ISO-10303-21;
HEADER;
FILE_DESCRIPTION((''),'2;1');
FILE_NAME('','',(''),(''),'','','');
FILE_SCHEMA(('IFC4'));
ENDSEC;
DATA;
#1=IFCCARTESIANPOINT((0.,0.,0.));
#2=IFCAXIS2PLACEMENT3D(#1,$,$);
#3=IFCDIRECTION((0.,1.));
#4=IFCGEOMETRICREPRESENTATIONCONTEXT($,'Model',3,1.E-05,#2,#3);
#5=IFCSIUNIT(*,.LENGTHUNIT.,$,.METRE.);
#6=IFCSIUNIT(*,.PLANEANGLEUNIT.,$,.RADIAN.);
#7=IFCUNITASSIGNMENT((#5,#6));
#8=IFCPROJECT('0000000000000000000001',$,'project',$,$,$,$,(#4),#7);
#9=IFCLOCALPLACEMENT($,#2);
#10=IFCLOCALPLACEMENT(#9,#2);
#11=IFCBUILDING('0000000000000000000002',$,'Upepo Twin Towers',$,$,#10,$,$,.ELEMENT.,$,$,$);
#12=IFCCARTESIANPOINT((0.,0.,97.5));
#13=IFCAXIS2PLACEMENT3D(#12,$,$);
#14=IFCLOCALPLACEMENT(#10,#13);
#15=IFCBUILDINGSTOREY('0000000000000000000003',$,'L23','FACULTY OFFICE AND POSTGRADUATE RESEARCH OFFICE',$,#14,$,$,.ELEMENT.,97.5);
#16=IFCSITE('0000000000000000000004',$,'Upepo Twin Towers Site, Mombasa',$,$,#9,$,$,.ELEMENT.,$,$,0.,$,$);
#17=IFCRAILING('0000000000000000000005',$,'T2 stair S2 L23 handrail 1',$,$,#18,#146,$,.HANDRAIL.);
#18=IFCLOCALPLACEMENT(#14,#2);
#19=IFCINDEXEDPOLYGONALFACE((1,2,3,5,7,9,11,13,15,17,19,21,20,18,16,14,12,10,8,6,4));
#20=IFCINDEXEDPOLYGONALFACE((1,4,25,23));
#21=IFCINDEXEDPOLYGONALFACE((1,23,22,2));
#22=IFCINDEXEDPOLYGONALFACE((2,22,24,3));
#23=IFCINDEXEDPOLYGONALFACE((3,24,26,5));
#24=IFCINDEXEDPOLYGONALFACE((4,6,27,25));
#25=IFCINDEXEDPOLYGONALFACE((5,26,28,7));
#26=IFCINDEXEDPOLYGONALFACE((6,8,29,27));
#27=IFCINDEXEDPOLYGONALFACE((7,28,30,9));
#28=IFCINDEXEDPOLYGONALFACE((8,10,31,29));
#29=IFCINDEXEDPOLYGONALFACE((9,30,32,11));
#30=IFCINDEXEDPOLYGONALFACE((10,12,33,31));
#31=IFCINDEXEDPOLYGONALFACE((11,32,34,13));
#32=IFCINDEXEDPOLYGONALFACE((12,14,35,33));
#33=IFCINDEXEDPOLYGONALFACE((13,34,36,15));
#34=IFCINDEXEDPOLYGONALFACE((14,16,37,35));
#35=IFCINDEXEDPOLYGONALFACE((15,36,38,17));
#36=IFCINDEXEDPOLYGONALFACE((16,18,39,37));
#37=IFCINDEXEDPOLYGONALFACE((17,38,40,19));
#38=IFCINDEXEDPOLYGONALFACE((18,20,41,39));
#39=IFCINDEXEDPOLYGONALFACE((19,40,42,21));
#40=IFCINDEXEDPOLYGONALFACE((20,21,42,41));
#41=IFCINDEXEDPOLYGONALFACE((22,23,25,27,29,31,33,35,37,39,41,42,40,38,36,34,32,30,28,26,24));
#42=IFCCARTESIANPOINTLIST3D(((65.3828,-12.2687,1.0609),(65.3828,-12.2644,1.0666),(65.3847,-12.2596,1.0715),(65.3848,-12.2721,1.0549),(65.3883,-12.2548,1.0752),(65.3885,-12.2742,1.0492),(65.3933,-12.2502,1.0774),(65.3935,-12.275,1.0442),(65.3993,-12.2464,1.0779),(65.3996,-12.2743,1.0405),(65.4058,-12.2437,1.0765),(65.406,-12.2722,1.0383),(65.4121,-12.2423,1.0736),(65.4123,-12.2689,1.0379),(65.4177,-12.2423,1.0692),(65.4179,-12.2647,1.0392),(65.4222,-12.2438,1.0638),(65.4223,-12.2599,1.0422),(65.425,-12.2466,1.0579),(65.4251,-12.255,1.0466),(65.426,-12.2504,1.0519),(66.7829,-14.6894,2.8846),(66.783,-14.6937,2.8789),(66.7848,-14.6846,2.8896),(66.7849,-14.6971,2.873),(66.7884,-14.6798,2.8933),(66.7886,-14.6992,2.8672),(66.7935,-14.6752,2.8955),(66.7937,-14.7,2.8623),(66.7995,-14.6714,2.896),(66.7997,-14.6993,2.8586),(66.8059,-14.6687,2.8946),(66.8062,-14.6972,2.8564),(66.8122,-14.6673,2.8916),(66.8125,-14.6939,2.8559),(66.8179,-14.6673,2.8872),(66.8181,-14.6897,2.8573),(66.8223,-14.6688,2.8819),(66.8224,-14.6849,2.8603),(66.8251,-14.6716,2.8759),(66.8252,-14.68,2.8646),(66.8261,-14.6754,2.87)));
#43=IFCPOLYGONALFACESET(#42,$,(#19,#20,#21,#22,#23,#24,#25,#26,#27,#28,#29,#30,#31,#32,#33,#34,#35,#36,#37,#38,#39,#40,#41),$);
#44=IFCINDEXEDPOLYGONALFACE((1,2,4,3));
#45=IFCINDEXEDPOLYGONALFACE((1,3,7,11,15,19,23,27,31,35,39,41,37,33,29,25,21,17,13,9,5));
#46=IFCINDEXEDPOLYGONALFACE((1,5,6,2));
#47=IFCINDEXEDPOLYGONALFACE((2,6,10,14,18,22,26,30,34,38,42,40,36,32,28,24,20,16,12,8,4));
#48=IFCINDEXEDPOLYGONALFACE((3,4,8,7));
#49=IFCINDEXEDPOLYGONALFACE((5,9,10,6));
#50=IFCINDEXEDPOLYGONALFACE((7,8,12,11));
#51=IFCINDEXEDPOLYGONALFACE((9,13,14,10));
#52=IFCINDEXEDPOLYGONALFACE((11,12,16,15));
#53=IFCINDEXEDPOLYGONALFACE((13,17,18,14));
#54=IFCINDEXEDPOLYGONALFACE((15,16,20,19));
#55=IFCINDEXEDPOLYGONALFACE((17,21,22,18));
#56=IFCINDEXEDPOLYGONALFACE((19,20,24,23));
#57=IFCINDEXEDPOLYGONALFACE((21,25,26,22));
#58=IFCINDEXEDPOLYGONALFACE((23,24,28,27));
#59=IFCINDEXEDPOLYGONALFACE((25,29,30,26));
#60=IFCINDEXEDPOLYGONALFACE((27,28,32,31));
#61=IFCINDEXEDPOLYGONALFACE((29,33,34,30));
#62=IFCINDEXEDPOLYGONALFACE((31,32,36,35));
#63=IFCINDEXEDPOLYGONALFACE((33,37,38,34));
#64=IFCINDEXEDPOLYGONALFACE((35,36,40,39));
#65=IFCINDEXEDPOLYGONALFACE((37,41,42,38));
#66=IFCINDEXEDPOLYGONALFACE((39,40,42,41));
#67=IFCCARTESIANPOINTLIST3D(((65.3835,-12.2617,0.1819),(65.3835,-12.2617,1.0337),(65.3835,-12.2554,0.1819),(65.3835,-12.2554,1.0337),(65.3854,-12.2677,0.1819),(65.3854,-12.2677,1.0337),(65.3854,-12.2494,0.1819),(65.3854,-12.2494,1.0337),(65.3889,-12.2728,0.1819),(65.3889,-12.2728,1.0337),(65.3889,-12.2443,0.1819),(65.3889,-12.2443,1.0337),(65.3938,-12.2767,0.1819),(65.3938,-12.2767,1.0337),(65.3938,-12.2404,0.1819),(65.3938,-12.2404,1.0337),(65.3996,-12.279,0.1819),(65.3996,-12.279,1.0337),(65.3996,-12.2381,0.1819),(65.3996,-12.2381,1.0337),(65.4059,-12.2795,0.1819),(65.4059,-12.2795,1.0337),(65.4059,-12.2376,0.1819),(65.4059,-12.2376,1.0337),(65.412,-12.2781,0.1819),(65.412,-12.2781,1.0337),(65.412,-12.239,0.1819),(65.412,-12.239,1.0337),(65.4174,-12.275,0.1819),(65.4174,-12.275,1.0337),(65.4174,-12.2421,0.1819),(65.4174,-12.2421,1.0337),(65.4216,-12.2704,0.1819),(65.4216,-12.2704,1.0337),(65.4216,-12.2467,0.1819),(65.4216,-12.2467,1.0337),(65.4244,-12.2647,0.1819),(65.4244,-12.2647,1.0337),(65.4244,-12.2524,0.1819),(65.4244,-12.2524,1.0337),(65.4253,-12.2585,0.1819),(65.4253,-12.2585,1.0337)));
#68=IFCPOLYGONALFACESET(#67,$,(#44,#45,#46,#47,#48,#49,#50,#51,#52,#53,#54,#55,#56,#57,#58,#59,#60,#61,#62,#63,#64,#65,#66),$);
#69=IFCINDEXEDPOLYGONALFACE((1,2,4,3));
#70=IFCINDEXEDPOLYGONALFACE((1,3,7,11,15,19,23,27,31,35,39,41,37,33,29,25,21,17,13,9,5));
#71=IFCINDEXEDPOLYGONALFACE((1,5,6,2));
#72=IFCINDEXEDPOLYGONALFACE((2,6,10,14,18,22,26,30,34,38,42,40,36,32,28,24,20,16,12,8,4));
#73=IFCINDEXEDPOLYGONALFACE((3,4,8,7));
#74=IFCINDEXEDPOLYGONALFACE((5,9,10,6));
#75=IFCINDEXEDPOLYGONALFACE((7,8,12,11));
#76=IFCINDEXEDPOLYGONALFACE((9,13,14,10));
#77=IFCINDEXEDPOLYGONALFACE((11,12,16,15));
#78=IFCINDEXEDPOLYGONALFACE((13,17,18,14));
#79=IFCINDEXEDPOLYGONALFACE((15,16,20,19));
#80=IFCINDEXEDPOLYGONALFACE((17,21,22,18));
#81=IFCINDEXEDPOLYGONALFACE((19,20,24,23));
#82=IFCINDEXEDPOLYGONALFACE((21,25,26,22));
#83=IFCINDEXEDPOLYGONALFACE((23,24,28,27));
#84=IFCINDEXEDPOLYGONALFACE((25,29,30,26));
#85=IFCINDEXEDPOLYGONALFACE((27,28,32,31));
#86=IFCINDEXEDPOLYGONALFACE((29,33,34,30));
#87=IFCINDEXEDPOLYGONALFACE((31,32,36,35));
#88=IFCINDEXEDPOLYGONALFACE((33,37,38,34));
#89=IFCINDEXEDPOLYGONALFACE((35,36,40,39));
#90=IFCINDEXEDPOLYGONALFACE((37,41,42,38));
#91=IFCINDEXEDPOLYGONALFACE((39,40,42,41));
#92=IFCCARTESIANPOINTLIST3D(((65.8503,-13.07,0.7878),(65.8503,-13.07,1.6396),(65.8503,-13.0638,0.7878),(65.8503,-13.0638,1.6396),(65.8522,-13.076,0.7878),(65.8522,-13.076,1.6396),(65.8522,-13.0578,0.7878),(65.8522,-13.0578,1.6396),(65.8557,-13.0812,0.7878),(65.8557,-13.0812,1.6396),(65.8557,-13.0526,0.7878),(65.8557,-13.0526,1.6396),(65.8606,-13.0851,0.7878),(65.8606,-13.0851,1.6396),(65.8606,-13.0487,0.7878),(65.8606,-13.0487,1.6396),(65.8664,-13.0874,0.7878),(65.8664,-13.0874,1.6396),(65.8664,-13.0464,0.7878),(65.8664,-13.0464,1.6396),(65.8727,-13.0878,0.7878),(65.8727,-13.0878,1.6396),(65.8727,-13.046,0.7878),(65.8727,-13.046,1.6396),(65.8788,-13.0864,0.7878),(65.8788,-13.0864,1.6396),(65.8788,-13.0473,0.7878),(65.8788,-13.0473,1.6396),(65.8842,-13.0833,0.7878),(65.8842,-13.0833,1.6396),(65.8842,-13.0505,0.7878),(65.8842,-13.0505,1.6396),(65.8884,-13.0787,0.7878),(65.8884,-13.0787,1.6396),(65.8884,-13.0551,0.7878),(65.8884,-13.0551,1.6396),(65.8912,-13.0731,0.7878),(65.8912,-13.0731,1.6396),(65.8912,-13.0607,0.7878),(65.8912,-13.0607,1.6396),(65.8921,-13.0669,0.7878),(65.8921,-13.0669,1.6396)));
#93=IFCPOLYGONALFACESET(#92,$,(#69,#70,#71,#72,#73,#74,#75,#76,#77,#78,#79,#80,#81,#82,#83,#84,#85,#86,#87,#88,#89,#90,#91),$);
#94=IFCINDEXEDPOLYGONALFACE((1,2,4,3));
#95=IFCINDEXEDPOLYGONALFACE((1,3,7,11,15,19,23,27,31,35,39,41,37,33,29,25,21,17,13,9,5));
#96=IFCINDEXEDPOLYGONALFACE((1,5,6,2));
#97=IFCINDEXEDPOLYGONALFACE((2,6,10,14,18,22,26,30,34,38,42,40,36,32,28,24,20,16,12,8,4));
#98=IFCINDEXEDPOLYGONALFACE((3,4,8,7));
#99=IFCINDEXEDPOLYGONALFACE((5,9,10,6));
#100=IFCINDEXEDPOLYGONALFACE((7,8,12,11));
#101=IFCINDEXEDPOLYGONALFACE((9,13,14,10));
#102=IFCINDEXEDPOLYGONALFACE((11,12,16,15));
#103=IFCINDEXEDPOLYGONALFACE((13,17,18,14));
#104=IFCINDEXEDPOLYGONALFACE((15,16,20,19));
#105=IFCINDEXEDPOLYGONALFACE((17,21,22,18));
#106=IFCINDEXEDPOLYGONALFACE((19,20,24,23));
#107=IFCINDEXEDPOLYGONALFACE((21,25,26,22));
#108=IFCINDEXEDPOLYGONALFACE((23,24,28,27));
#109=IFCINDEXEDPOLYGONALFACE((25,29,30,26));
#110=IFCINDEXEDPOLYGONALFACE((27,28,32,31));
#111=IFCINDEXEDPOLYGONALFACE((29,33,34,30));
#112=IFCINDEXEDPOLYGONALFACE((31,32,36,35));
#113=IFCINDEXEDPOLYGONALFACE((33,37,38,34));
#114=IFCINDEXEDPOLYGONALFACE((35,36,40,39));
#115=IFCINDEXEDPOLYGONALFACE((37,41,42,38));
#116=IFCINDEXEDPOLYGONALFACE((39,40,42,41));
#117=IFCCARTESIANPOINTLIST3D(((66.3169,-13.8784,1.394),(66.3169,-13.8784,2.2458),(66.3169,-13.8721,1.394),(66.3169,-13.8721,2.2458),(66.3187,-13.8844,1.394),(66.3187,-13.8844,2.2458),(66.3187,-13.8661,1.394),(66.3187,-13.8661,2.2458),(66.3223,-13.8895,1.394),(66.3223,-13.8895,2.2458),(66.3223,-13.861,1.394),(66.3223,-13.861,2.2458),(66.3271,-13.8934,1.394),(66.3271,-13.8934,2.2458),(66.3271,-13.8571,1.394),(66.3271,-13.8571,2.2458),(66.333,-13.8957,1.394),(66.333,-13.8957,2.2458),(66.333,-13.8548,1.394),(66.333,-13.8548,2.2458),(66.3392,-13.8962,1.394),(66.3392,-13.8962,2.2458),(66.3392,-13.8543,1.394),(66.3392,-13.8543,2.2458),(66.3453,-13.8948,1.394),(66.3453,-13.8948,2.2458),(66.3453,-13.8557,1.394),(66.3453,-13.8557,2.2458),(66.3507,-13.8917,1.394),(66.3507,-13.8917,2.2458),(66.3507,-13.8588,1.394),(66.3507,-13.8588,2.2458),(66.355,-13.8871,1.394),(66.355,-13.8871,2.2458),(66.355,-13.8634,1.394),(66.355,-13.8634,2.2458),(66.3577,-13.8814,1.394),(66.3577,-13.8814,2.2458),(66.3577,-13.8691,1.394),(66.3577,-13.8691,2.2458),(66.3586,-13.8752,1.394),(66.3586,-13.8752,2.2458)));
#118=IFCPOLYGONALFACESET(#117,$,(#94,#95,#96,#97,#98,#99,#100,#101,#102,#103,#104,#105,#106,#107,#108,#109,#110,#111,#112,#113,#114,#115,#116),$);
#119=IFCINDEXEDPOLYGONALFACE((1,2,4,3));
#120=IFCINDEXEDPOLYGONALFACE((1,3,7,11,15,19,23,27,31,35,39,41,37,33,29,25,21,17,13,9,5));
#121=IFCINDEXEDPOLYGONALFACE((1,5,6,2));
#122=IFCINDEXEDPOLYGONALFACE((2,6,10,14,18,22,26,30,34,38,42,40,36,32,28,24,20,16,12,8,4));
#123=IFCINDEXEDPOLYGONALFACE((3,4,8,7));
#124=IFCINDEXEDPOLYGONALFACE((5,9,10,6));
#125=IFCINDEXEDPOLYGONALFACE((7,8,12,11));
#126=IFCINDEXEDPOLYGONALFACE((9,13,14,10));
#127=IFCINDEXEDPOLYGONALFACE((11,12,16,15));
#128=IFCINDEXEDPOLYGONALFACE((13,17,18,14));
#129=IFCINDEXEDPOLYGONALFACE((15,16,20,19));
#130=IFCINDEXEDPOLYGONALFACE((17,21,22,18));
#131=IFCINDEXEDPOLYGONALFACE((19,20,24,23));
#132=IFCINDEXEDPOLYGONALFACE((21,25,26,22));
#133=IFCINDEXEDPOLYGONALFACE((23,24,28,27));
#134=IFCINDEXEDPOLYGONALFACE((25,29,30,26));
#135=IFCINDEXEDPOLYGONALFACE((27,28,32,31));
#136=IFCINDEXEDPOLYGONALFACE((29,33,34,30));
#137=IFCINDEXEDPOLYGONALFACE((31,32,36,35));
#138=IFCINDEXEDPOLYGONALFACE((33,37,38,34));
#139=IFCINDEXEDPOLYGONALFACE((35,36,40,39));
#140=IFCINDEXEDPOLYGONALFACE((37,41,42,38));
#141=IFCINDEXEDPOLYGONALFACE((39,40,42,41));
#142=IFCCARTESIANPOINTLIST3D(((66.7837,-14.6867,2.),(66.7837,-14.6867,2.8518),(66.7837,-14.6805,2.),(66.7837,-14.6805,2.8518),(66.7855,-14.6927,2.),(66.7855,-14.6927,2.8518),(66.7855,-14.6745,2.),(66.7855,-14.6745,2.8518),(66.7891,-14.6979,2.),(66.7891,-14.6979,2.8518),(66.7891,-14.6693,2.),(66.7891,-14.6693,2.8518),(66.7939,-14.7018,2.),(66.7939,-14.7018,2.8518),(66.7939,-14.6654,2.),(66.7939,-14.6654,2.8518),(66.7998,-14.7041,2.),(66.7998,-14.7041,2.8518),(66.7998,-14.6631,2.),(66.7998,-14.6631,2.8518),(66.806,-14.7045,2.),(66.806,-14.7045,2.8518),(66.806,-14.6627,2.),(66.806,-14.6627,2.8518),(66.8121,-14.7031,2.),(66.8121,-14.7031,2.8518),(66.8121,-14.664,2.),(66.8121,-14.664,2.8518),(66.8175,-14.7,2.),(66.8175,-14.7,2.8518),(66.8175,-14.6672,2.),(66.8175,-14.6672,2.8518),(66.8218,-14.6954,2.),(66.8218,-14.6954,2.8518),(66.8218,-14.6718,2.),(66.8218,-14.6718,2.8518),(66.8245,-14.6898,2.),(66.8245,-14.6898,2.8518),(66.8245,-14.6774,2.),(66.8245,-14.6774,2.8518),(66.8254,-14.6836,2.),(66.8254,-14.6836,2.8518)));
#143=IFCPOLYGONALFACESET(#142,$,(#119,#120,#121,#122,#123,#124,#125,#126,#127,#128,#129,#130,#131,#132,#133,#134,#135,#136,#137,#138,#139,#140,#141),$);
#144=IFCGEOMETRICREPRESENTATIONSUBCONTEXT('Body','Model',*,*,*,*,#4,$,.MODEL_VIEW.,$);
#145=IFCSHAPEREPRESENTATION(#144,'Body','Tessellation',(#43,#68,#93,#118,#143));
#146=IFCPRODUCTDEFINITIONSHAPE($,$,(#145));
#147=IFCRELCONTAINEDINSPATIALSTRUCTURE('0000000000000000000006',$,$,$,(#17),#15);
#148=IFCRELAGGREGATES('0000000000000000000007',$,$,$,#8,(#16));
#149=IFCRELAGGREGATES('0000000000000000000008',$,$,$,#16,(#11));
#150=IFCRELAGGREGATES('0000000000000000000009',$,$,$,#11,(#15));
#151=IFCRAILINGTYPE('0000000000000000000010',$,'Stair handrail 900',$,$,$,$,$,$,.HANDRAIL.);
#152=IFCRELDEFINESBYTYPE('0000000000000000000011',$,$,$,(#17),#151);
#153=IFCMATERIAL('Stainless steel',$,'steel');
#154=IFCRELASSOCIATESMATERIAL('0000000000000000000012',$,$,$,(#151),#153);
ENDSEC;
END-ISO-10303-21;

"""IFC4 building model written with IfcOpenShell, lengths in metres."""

from ifc_helpers import new_model, si_unit, direction, frame, origin, origin_2d, place, context, subcontext, project, spatial, circle, extrude, material, type_object, element, save


model = new_model("IFC4")

# Units and contexts
model_context = context("Model", 3, precision=1e-05, world=origin(), true_north=direction((0.0, 1.0)))
body_context = subcontext(model_context, "Body", "Model", "MODEL_VIEW")
ifc_project = project(units=[si_unit("LENGTHUNIT", "METRE"), si_unit("PLANEANGLEUNIT", "RADIAN")], contexts=[model_context])

# Site, building, storey
site_placement = place(None, origin())
site = spatial("IfcSite", under=ifc_project, at=site_placement, Name="Upepo Twin Towers Site, Mombasa", CompositionType="ELEMENT", RefElevation=0.0)
building_placement = place(site_placement, origin())
building = spatial("IfcBuilding", under=site, at=building_placement, Name="Upepo Twin Towers", CompositionType="ELEMENT")
storey_placement = place(building_placement, frame((0.0, 0.0, 97.5)))
storey = spatial("IfcBuildingStorey", under=building, at=storey_placement, Name="L23", Description="FACULTY OFFICE AND POSTGRADUATE RESEARCH OFFICE", CompositionType="ELEMENT", Elevation=97.5)

# Railing
ifc_material_1 = material(Name="Stainless steel", Category="steel")
railing_type = type_object("IfcRailingType", Name="Stair handrail 900", PredefinedType="HANDRAIL", material=ifc_material_1)
railing_1_placement = place(storey_placement, frame((65.4043, -12.2585, 0.1819)))
element("IfcRailing", 1, at=railing_1_placement, inside=storey, type_object=railing_type, Name="T2 stair S2 L23 handrail 1", PredefinedType="HANDRAIL", context=body_context, shape_type="SweptSolid", body=[
    extrude(circle(Radius=0.0239, at=origin_2d()), frame((0.0, 0.0, 0.876), z_axis=(0.419371, -0.726349, 0.54456), x_axis=(0.866019, 0.500012, 0.0)), (0.0, 0.0, 1.0), 3.3386),
    extrude(circle(Radius=0.021, at=origin_2d()), origin(), (0.0, 0.0, 1.0), 0.8518),
    extrude(circle(Radius=0.021, at=origin_2d()), frame((0.4668, -0.8083, 0.606)), (0.0, 0.0, 1.0), 0.8518),
    extrude(circle(Radius=0.021, at=origin_2d()), frame((0.9333, -1.6167, 1.2122)), (0.0, 0.0, 1.0), 0.8518),
    extrude(circle(Radius=0.021, at=origin_2d()), frame((1.4001, -2.425, 1.8181)), (0.0, 0.0, 1.0), 0.8518),
])

save(model, "model.ifc")
